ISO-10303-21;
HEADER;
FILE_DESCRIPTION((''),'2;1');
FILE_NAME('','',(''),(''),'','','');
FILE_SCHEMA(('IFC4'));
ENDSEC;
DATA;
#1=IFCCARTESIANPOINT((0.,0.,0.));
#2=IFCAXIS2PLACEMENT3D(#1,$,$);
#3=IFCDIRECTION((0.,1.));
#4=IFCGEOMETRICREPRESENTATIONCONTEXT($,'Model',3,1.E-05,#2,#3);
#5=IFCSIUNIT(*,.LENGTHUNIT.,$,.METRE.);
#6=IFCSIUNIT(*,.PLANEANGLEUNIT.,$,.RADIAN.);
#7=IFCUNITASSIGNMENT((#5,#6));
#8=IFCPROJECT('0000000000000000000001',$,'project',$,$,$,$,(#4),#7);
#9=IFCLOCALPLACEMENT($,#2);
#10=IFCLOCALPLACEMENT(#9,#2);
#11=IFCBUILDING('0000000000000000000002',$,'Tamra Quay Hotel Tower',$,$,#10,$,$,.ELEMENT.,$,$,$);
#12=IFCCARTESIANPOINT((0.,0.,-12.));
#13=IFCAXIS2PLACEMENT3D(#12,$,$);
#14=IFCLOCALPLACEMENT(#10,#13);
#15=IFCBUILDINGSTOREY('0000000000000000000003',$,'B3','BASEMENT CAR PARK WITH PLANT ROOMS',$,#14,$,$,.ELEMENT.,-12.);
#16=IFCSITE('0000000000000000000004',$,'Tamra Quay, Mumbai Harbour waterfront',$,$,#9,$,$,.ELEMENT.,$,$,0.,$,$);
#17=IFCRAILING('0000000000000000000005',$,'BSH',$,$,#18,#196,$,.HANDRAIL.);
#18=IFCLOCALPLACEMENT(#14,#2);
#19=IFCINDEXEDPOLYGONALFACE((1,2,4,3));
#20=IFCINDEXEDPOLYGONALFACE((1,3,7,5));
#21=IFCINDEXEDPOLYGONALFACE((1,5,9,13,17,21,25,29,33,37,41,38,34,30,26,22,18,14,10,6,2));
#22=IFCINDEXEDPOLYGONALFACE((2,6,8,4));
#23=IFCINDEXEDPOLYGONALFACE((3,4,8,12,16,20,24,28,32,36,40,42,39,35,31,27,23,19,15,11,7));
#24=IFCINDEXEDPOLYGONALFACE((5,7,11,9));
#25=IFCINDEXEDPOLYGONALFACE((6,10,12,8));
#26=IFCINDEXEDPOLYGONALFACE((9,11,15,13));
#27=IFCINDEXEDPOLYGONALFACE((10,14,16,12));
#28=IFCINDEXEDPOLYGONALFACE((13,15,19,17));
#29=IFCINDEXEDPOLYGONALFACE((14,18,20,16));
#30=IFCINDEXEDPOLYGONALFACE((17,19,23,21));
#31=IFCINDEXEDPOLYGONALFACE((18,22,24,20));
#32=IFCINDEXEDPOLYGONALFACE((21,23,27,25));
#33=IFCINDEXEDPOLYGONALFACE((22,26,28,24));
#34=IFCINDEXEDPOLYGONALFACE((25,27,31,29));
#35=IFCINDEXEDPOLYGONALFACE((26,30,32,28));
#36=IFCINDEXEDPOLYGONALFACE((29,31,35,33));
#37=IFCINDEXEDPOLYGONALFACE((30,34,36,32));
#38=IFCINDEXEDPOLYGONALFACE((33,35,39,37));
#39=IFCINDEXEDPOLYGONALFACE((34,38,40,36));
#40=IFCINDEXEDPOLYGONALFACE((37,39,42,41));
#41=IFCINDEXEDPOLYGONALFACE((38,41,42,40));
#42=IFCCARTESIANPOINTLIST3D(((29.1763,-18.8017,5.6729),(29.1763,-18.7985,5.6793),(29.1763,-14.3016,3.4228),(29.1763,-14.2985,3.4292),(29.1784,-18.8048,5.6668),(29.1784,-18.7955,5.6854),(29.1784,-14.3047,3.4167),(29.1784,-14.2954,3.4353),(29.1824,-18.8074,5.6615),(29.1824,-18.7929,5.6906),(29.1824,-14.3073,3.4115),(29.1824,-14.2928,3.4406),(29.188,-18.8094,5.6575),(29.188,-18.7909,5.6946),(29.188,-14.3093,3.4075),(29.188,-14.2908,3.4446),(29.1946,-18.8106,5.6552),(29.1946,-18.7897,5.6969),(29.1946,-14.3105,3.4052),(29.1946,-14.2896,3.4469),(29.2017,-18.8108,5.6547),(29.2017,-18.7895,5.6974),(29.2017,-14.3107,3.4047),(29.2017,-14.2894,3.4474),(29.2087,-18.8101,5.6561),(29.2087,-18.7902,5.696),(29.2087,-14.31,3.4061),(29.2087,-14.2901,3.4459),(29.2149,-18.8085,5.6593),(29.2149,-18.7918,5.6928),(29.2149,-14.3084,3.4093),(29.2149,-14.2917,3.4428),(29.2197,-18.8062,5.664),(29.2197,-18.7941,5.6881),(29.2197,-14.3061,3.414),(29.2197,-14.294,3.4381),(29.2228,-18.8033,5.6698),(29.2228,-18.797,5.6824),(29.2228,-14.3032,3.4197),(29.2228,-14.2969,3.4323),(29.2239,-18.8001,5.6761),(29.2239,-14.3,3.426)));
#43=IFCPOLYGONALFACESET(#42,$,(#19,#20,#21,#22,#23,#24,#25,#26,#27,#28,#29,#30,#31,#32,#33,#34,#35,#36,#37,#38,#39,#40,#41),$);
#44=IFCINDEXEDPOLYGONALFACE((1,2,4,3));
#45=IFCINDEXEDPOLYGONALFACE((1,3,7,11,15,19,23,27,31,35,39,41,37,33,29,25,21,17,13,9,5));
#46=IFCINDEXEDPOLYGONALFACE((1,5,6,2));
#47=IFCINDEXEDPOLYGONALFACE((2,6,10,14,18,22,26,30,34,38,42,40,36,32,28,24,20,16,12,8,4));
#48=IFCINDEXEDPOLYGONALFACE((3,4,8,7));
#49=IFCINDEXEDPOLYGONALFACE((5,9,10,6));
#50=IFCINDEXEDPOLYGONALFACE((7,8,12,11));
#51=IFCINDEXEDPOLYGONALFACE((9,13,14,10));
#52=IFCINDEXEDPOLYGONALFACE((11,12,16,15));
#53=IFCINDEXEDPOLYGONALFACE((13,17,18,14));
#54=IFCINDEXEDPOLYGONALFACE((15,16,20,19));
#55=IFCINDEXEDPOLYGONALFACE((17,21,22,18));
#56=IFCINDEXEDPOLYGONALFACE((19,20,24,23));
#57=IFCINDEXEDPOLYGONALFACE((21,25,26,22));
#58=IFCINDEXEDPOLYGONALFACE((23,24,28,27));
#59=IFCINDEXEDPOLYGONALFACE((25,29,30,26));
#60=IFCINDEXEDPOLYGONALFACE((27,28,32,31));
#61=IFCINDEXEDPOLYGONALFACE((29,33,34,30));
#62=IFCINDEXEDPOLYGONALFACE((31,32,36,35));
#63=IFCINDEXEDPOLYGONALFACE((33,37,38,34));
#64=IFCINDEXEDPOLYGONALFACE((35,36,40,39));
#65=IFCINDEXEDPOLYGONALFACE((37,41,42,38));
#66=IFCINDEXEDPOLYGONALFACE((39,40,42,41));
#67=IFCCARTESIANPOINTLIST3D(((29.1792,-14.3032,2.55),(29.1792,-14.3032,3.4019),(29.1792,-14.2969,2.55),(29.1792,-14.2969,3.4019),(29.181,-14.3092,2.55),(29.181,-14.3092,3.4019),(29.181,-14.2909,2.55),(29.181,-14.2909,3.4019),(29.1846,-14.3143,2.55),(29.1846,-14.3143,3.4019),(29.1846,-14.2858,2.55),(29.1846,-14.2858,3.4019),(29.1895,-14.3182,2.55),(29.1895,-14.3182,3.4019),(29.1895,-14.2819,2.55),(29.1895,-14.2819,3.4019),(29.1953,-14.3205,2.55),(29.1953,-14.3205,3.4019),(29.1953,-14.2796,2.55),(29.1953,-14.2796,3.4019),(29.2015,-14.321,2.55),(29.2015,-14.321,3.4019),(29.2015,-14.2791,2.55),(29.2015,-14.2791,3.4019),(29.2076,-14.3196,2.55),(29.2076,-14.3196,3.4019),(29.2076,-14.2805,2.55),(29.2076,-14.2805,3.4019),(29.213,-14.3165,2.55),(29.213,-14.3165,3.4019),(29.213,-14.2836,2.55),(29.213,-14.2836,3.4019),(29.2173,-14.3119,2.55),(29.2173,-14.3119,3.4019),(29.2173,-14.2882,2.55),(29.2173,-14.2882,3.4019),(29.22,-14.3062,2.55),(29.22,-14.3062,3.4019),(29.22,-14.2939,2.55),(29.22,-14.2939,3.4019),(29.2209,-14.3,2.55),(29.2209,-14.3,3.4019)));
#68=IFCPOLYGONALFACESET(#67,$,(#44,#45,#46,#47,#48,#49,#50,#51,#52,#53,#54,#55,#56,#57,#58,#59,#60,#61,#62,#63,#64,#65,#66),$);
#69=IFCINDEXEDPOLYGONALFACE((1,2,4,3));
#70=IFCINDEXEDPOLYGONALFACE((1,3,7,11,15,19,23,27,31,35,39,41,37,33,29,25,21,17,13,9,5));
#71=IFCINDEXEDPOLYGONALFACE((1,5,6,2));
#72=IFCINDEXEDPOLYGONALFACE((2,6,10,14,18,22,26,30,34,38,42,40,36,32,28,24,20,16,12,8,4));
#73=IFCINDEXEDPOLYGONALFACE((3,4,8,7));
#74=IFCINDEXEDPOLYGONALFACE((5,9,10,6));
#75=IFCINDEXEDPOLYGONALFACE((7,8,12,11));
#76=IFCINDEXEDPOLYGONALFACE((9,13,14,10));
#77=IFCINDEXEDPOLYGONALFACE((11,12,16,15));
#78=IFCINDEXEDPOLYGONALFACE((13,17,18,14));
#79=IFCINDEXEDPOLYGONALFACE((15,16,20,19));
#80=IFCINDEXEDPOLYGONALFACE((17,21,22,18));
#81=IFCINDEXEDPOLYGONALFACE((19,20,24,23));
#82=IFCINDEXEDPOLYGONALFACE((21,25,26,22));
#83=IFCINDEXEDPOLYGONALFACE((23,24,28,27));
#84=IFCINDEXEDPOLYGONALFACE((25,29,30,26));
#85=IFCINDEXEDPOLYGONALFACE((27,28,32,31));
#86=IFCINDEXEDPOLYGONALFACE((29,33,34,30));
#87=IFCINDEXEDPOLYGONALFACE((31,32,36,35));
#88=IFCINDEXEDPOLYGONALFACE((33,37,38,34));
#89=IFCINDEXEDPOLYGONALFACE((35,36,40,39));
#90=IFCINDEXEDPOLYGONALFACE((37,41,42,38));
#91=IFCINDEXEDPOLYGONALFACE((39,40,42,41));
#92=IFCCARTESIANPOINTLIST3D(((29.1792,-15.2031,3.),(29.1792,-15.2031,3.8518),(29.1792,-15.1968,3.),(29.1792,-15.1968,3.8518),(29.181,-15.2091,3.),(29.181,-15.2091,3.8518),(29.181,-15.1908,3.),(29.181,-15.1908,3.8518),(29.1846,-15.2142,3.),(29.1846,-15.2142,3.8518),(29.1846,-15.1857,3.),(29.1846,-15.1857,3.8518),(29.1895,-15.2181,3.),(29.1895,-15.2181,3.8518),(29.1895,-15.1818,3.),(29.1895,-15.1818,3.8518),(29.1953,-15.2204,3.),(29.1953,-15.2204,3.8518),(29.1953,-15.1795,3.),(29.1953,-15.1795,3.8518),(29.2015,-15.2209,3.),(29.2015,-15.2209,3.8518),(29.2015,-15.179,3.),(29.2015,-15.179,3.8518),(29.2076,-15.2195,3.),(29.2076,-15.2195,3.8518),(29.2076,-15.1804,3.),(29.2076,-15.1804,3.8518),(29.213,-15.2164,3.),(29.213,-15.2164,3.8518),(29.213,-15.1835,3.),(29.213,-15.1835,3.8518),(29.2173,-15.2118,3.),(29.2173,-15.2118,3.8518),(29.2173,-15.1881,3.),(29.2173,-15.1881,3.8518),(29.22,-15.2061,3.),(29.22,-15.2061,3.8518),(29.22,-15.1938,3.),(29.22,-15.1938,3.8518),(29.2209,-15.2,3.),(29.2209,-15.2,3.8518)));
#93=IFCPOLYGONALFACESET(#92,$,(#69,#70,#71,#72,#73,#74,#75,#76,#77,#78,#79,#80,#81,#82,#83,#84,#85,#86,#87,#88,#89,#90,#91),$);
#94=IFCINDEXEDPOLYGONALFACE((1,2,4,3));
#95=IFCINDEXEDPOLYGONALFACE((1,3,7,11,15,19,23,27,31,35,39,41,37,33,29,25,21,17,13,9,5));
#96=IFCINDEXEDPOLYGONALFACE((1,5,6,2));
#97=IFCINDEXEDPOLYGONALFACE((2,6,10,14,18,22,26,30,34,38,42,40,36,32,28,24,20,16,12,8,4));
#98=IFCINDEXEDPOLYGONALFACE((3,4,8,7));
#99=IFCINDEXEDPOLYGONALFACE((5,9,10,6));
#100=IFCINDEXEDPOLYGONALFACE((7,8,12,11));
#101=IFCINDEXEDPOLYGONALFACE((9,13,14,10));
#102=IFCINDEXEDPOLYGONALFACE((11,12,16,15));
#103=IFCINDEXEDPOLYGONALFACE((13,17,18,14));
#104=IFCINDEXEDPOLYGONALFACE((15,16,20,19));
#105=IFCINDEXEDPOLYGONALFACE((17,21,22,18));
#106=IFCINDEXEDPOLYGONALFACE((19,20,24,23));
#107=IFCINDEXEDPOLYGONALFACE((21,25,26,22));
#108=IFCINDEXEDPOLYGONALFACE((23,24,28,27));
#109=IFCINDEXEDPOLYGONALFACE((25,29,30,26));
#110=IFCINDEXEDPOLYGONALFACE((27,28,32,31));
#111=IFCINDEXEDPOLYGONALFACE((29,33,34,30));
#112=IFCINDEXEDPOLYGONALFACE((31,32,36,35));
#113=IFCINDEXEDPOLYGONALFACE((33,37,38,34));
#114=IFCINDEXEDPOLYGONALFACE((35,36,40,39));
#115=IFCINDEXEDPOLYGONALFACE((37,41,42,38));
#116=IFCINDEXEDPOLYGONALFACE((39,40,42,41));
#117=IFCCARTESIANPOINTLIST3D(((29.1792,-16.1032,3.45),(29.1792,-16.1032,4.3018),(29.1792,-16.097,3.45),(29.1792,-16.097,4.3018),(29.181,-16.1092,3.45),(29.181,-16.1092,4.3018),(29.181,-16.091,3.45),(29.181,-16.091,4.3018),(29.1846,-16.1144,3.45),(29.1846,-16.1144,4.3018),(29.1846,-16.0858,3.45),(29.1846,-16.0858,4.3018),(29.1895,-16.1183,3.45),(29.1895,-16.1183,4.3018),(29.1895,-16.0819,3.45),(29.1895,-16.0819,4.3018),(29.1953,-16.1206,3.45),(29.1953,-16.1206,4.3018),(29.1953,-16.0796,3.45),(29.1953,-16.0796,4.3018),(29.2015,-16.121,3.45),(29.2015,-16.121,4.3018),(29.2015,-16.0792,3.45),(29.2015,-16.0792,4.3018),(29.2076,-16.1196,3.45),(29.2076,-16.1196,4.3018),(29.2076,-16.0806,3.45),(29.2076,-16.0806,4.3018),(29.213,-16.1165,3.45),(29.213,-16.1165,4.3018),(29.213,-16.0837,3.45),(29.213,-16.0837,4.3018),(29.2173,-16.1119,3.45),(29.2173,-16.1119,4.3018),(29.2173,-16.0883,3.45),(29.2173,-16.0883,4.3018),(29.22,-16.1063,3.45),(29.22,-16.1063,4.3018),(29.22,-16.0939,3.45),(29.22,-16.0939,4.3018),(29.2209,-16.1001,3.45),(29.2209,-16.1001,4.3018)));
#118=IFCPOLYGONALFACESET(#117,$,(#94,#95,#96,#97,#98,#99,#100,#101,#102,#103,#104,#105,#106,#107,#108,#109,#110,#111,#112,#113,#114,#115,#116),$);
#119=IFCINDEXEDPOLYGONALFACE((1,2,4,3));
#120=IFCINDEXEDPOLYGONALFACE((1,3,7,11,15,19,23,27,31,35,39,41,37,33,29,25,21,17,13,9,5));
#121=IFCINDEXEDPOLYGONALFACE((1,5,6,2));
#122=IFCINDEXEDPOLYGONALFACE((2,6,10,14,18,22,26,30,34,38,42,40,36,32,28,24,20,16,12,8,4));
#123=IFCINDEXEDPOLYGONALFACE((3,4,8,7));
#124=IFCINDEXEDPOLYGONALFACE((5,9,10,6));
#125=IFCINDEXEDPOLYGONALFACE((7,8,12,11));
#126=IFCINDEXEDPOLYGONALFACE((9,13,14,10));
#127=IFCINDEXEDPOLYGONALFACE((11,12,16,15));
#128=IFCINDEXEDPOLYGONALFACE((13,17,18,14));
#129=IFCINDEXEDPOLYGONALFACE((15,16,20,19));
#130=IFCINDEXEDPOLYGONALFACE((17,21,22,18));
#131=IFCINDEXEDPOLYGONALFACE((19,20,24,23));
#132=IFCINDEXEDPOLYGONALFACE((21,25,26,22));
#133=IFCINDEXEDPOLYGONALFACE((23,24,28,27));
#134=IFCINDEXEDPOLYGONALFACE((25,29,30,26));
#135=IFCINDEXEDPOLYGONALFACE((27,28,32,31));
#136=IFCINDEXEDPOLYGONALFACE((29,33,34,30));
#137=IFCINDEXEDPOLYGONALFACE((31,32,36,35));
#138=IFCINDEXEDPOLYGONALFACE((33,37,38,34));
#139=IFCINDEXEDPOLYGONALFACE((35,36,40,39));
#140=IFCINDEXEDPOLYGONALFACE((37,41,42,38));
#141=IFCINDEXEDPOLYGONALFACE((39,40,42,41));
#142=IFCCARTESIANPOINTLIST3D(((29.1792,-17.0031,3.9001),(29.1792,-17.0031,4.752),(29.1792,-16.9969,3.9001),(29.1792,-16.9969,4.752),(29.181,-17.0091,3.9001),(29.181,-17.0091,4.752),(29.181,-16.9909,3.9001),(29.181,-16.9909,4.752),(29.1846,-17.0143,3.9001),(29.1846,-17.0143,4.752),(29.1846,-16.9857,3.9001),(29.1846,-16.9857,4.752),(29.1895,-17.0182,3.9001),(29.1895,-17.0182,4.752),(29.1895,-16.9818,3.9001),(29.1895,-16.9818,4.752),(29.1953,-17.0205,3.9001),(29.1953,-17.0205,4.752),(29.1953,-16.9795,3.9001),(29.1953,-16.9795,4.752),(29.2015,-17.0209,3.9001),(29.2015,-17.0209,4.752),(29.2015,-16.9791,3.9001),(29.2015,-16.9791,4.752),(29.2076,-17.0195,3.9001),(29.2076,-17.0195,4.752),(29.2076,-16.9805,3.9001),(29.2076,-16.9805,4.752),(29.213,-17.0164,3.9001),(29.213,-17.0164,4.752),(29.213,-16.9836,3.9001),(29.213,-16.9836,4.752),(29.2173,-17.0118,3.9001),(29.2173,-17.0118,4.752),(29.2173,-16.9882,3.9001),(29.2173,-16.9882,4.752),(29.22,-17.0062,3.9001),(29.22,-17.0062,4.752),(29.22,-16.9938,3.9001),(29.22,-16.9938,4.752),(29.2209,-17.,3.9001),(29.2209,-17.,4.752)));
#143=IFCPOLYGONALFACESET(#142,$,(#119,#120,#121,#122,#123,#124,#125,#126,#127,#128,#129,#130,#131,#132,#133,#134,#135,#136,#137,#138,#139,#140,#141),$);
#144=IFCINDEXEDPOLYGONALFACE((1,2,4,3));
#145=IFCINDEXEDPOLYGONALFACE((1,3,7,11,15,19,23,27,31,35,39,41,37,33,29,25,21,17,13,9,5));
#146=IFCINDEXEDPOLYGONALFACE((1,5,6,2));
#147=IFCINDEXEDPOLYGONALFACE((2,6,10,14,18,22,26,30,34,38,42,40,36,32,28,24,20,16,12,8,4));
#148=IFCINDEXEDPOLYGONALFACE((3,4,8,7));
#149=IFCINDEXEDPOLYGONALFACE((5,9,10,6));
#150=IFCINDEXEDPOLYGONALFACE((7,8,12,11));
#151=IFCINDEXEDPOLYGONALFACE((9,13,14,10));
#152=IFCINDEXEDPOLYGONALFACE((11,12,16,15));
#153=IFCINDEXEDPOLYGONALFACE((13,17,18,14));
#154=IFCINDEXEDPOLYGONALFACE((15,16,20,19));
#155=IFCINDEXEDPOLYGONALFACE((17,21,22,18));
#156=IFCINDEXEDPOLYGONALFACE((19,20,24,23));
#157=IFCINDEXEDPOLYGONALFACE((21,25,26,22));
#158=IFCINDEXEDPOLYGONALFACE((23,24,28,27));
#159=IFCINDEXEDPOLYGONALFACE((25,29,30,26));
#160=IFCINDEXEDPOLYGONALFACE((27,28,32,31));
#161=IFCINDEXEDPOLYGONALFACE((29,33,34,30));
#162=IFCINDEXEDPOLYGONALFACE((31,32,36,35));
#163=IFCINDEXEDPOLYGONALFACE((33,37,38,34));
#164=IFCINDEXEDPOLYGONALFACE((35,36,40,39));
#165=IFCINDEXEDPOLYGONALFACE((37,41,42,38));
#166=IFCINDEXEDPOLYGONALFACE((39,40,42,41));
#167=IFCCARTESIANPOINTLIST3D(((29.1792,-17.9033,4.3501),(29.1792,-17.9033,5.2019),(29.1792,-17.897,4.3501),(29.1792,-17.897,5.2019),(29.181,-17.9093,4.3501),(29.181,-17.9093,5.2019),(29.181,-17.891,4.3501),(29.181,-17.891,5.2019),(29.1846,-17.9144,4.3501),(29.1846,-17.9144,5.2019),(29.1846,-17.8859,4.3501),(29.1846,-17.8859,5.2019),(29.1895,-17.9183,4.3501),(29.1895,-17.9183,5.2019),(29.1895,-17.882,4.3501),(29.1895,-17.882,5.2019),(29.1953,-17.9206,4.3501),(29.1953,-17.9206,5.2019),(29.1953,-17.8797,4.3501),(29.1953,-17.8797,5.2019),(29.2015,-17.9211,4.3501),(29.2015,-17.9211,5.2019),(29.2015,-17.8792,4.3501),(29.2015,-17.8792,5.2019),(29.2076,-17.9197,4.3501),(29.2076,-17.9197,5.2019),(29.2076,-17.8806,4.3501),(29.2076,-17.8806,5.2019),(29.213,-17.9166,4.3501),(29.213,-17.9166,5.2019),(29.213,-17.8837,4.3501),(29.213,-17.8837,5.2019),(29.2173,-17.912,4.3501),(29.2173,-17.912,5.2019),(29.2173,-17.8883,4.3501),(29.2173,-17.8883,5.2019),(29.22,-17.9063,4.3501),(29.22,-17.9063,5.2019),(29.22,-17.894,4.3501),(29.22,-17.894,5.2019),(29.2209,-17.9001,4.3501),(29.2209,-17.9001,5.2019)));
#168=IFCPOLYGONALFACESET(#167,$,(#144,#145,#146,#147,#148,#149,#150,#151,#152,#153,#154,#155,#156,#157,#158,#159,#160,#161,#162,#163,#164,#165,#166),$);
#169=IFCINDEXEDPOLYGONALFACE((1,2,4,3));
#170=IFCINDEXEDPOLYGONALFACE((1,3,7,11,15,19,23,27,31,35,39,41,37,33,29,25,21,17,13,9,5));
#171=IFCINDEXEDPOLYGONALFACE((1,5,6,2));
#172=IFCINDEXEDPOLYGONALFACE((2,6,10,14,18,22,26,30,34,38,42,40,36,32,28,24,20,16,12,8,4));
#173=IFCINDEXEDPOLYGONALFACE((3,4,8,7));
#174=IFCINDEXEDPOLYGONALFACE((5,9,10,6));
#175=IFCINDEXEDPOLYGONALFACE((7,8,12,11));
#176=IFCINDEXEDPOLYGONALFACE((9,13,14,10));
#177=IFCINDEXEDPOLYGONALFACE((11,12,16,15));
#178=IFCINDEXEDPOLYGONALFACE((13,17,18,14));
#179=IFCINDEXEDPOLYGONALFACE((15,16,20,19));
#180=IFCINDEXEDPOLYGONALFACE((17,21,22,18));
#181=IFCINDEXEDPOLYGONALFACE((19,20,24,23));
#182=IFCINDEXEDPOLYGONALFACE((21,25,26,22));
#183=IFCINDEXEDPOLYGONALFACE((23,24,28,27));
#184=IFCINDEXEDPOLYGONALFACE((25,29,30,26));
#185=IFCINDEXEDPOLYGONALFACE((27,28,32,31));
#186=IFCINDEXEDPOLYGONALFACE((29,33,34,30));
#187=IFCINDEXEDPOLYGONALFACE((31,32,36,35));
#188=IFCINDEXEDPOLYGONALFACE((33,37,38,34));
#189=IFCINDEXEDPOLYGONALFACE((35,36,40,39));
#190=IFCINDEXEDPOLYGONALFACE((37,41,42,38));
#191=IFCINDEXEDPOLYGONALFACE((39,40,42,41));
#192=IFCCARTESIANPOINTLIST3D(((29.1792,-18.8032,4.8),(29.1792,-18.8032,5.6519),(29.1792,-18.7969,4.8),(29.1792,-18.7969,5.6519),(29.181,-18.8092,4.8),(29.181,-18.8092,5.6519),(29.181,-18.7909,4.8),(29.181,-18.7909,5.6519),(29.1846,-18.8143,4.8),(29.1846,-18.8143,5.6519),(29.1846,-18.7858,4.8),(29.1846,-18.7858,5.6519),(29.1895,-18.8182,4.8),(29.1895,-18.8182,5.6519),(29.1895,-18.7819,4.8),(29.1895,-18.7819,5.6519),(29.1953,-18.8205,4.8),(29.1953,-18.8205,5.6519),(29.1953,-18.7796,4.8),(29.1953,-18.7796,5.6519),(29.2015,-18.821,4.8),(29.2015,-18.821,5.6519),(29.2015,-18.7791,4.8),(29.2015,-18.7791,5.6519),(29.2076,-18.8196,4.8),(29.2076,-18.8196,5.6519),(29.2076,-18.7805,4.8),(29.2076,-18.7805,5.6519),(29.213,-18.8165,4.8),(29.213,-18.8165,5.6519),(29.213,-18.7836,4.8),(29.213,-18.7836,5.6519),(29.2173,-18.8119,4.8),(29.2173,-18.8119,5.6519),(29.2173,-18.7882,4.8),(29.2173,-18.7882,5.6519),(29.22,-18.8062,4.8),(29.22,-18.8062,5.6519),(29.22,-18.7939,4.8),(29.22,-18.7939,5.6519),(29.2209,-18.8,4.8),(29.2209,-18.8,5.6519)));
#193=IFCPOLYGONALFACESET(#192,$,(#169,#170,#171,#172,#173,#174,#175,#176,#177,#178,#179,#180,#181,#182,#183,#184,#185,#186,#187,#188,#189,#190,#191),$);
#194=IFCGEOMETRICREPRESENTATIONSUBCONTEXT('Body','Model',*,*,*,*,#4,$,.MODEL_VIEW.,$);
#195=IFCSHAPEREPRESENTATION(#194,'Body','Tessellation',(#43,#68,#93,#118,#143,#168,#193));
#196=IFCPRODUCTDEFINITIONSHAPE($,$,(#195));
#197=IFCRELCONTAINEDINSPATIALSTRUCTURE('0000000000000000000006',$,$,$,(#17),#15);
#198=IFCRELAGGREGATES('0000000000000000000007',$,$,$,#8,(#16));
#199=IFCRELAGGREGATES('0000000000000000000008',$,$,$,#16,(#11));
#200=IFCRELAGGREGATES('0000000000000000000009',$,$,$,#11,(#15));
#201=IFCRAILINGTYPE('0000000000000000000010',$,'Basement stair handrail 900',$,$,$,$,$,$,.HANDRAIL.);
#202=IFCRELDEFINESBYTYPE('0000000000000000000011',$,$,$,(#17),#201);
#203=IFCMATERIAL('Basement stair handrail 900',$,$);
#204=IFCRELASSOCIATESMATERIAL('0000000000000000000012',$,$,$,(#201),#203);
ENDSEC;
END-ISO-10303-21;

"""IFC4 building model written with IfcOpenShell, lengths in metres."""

from ifc_helpers import new_model, si_unit, direction, frame, origin, origin_2d, place, context, subcontext, project, spatial, circle, extrude, material, type_object, element, save


model = new_model("IFC4")

# Units and contexts
model_context = context("Model", 3, precision=1e-05, world=origin(), true_north=direction((0.0, 1.0)))
body_context = subcontext(model_context, "Body", "Model", "MODEL_VIEW")
ifc_project = project(units=[si_unit("LENGTHUNIT", "METRE"), si_unit("PLANEANGLEUNIT", "RADIAN")], contexts=[model_context])

# Site, building, storey
site_placement = place(None, origin())
site = spatial("IfcSite", under=ifc_project, at=site_placement, Name="Tamra Quay, Mumbai Harbour waterfront", CompositionType="ELEMENT", RefElevation=0.0)
building_placement = place(site_placement, origin())
building = spatial("IfcBuilding", under=site, at=building_placement, Name="Tamra Quay Hotel Tower", CompositionType="ELEMENT")
storey_placement = place(building_placement, frame((0.0, 0.0, -12.0)))
storey = spatial("IfcBuildingStorey", under=building, at=storey_placement, Name="B3", Description="BASEMENT CAR PARK WITH PLANT ROOMS", CompositionType="ELEMENT", Elevation=-12.0)

# Railing
ifc_material_1 = material(Name="Basement stair handrail 900")
railing_type_1 = type_object("IfcRailingType", Name="Basement stair handrail 900", PredefinedType="HANDRAIL", material=ifc_material_1)
railing_1_placement = place(storey_placement, frame((29.2, -14.3, 2.55)))
element("IfcRailing", 1, at=railing_1_placement, inside=storey, type_object=railing_type_1, Name="BSH", PredefinedType="HANDRAIL", context=body_context, shape_type="SweptSolid", body=[
    extrude(circle(Radius=0.0239, at=origin_2d()), frame((0.0, 0.0, 0.876), z_axis=(0.0, -0.894427, 0.447214), x_axis=(1.0, 0.0, 0.0)), (0.0, 0.0, 1.0), 5.0312),
    extrude(circle(Radius=0.021, at=origin_2d()), origin(), (0.0, 0.0, 1.0), 0.8518),
    extrude(circle(Radius=0.021, at=origin_2d()), frame((0.0, -0.8999, 0.45)), (0.0, 0.0, 1.0), 0.8518),
    extrude(circle(Radius=0.021, at=origin_2d()), frame((0.0, -1.8, 0.8999)), (0.0, 0.0, 1.0), 0.8518),
    extrude(circle(Radius=0.021, at=origin_2d()), frame((0.0, -2.7, 1.3501)), (0.0, 0.0, 1.0), 0.8518),
    extrude(circle(Radius=0.021, at=origin_2d()), frame((0.0, -3.6001, 1.8)), (0.0, 0.0, 1.0), 0.8518),
    extrude(circle(Radius=0.021, at=origin_2d()), frame((0.0, -4.5, 2.25)), (0.0, 0.0, 1.0), 0.8518),
])

save(model, "model.ifc")
